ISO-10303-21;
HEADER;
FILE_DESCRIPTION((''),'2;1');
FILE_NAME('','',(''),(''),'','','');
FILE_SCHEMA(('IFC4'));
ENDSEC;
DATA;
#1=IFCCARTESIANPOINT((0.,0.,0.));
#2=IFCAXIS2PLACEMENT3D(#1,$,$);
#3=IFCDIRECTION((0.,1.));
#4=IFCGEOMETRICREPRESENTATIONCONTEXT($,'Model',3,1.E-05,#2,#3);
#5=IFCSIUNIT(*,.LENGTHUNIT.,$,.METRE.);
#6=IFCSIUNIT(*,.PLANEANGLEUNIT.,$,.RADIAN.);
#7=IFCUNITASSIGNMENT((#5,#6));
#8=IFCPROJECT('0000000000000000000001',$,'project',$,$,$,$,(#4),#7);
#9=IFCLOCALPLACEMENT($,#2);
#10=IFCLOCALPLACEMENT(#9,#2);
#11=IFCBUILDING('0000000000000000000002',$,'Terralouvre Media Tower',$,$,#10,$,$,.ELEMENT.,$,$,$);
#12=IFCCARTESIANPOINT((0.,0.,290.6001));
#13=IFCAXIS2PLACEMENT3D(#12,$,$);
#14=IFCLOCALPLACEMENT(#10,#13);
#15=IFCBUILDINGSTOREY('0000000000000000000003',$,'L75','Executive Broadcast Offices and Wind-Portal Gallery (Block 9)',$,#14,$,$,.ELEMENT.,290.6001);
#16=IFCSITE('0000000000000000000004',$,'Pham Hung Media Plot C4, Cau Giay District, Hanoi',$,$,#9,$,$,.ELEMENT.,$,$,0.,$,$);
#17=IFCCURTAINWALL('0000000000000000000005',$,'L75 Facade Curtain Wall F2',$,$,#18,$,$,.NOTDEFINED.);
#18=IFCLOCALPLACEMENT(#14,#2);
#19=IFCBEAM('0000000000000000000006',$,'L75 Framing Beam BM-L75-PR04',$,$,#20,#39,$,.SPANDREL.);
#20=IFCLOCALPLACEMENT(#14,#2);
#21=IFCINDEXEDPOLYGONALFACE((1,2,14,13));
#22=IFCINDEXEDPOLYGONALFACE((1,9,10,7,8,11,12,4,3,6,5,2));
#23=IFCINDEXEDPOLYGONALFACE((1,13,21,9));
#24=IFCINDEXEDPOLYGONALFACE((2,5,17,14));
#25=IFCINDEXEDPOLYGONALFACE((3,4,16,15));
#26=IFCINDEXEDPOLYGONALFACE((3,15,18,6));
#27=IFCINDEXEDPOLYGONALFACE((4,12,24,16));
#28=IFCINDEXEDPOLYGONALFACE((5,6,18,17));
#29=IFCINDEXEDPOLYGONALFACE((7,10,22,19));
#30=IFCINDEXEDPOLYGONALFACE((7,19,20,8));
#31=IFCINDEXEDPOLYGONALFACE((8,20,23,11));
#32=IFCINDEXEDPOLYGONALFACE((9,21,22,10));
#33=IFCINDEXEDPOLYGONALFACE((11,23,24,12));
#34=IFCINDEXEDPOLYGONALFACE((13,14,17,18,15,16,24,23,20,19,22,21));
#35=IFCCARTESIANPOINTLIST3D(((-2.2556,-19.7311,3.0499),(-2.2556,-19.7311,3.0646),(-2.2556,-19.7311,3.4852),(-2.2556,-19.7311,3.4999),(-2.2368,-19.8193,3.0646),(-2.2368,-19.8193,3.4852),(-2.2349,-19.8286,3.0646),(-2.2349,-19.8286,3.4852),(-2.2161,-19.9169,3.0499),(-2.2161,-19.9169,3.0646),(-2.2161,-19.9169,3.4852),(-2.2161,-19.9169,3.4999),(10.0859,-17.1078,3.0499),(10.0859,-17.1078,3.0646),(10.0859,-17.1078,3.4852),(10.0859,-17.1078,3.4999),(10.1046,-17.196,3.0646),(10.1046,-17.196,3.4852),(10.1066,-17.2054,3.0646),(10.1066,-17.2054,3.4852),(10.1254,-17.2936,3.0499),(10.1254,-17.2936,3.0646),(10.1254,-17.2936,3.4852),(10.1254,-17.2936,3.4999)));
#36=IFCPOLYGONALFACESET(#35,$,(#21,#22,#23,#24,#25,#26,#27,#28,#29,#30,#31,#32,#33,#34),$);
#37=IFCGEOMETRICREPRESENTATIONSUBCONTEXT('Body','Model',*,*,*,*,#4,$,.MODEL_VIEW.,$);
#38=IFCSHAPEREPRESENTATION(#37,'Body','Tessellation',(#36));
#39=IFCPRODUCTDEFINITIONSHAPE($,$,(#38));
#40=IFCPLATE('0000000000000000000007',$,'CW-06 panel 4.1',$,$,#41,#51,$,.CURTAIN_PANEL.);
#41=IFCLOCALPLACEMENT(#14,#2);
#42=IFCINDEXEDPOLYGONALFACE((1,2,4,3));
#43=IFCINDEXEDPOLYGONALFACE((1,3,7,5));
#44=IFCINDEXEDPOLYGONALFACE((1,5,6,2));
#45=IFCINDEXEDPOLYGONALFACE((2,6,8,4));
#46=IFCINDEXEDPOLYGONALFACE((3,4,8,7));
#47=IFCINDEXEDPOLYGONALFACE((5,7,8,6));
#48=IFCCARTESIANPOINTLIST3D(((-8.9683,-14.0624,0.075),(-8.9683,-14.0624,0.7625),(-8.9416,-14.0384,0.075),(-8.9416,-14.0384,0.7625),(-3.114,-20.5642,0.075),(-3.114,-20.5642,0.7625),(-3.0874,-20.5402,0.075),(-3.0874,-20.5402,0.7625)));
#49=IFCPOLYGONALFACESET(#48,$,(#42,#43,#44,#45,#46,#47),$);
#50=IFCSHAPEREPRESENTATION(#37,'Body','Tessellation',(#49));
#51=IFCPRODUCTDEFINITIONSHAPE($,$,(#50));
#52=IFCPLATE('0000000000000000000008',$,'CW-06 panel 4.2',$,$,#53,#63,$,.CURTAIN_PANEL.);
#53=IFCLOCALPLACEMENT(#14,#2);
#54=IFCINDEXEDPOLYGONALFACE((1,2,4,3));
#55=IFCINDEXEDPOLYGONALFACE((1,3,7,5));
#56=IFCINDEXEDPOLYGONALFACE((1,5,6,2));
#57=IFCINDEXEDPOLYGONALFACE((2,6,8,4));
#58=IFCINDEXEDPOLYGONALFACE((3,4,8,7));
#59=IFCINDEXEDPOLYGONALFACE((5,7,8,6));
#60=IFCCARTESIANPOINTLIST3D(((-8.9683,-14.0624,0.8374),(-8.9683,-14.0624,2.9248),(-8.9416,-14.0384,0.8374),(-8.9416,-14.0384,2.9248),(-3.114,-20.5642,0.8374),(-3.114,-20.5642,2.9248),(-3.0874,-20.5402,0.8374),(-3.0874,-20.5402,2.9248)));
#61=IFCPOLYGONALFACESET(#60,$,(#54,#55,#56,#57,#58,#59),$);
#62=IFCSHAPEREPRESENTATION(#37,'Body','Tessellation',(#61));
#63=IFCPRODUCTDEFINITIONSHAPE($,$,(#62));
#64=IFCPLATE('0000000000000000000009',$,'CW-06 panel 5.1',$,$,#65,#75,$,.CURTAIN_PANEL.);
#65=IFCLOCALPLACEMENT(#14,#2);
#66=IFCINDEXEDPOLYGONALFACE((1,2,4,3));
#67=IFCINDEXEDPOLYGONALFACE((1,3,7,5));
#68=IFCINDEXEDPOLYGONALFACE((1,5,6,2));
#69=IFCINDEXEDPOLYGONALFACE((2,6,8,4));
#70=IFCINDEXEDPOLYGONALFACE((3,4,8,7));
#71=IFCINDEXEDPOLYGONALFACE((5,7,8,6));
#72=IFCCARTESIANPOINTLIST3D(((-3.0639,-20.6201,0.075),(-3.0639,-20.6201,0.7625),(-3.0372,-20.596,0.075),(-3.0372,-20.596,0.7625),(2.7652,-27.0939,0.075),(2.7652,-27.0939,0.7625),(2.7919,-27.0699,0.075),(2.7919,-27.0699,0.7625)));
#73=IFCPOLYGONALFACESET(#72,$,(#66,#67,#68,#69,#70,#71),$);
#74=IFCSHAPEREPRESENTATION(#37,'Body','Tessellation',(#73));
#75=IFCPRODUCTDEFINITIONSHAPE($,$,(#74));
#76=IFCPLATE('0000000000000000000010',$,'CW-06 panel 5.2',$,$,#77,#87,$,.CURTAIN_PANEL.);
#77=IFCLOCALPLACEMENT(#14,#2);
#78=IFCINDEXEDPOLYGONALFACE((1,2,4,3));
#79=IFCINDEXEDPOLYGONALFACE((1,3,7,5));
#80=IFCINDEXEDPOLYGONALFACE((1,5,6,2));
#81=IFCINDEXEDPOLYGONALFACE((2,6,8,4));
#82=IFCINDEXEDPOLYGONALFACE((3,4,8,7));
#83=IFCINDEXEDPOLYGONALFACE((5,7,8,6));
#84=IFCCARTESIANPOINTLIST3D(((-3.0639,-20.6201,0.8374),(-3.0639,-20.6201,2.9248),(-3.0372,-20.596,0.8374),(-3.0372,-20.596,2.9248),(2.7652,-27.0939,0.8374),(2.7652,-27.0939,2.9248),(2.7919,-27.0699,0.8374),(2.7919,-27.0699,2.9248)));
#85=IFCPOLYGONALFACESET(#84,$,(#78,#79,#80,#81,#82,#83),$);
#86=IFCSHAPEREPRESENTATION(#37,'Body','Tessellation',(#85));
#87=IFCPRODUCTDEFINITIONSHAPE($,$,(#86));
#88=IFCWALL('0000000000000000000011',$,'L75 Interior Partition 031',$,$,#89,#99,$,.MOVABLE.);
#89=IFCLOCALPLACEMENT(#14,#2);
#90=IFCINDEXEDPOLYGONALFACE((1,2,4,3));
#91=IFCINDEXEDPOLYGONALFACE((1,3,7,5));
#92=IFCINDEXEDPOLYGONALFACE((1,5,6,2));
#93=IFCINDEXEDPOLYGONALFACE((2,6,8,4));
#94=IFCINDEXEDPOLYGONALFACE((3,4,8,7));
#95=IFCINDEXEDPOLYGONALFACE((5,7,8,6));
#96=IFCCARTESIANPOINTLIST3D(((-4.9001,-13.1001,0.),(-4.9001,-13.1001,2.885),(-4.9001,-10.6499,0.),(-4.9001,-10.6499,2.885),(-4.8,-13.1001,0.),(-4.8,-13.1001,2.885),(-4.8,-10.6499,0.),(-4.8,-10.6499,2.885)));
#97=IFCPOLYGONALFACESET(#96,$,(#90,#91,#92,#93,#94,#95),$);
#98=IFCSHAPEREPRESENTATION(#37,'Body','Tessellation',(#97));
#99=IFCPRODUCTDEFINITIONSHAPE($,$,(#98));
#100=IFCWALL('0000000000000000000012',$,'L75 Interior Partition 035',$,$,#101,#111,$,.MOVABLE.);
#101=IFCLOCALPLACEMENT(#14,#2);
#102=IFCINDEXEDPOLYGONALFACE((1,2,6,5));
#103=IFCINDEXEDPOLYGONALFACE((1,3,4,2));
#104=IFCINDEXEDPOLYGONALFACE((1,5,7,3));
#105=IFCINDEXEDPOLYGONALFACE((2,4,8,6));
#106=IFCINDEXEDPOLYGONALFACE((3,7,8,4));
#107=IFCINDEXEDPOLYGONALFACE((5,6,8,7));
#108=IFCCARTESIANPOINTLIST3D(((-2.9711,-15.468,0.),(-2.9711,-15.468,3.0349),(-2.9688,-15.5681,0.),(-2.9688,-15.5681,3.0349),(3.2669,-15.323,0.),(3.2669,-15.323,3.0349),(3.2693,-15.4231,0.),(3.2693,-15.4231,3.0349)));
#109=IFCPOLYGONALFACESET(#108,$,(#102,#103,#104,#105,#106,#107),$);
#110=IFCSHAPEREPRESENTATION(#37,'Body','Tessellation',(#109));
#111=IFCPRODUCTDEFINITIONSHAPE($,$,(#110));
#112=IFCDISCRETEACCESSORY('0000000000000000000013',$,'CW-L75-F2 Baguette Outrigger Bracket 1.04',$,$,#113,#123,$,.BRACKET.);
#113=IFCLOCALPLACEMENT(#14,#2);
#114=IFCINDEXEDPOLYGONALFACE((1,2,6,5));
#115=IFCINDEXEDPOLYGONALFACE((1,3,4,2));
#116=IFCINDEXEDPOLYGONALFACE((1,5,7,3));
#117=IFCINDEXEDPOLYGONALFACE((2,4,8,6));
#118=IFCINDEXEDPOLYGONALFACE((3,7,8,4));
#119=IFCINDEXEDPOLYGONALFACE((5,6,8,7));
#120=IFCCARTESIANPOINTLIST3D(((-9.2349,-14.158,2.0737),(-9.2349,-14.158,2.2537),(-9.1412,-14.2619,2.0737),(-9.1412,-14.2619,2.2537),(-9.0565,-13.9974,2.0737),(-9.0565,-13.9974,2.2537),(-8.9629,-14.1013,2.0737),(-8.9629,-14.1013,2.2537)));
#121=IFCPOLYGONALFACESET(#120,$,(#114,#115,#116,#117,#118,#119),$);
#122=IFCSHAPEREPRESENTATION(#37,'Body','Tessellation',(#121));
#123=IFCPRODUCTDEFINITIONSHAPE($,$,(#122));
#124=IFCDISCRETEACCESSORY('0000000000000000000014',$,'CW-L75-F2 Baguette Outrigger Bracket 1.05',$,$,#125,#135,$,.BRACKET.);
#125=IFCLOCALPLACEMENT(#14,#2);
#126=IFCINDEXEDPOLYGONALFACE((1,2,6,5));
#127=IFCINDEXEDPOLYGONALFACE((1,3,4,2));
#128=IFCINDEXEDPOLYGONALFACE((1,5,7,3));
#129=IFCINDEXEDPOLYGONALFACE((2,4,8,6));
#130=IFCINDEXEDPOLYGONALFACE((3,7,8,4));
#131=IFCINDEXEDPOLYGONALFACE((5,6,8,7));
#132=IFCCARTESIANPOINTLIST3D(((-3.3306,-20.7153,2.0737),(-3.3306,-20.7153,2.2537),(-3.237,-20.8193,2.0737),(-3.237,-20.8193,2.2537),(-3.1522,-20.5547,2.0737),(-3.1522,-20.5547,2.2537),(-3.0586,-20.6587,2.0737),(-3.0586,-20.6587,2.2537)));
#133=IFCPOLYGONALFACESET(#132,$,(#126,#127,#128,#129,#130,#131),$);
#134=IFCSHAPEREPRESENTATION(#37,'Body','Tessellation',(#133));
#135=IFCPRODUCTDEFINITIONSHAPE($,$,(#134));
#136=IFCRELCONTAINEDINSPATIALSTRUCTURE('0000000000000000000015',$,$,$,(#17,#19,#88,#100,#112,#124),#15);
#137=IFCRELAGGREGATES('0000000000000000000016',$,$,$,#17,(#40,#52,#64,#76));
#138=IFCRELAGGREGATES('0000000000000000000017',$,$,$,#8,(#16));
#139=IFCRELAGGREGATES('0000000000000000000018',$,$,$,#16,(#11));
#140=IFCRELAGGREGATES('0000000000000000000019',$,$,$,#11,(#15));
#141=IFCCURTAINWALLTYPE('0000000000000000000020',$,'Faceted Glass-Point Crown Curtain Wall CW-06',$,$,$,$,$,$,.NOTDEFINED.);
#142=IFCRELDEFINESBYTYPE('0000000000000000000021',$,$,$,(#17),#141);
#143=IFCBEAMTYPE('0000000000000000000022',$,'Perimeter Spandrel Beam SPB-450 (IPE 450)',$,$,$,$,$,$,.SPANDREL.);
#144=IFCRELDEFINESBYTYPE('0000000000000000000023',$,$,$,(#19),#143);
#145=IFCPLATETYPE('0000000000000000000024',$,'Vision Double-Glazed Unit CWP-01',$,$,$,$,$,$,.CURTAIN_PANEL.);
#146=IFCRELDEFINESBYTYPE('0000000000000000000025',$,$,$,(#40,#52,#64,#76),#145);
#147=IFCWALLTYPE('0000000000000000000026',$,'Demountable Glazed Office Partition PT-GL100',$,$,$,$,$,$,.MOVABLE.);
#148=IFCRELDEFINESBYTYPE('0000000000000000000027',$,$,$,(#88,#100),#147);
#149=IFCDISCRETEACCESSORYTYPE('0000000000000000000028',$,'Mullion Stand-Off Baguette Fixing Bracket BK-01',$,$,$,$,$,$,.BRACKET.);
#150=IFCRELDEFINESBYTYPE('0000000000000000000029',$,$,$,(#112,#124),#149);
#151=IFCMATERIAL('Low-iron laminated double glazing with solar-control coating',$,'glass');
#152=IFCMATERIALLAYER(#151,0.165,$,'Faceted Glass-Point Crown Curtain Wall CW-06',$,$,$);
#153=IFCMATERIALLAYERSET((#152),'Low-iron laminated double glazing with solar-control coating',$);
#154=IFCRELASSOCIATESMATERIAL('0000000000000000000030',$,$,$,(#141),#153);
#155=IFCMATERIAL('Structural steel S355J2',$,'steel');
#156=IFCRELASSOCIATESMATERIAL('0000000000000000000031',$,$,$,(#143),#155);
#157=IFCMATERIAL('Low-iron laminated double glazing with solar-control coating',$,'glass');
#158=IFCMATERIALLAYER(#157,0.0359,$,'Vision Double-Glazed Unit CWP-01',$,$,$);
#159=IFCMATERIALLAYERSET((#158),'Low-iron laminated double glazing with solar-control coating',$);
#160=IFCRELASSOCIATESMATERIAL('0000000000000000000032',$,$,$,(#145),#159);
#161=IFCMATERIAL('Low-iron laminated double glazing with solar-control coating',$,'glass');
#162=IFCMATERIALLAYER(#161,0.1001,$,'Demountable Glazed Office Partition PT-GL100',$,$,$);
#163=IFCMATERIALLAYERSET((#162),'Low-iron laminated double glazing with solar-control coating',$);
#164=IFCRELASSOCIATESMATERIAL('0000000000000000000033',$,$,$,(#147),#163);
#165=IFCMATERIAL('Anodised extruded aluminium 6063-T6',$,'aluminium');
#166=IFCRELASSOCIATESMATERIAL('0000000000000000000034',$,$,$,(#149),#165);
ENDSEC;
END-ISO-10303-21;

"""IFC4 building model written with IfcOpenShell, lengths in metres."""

from ifc_helpers import new_model, si_unit, direction, frame, frame_2d, origin, origin_2d, place, context, subcontext, project, spatial, rectangle, i_section, extrude, material, layer, layer_set, material_profile, profile_set, type_object, element, aggregate, save


model = new_model("IFC4")

# Units and contexts
model_context = context("Model", 3, precision=1e-05, world=origin(), true_north=direction((0.0, 1.0)))
body_context = subcontext(model_context, "Body", "Model", "MODEL_VIEW")
ifc_project = project(units=[si_unit("LENGTHUNIT", "METRE"), si_unit("PLANEANGLEUNIT", "RADIAN")], contexts=[model_context])

# Site, building, storey
site_placement = place(None, origin())
site = spatial("IfcSite", under=ifc_project, at=site_placement, Name="Pham Hung Media Plot C4, Cau Giay District, Hanoi", CompositionType="ELEMENT", RefElevation=0.0)
building_placement = place(site_placement, origin())
building = spatial("IfcBuilding", under=site, at=building_placement, Name="Terralouvre Media Tower", CompositionType="ELEMENT")
storey_placement = place(building_placement, frame((0.0, 0.0, 290.6001)))
storey = spatial("IfcBuildingStorey", under=building, at=storey_placement, Name="L75", Description="Executive Broadcast Offices and Wind-Portal Gallery (Block 9)", CompositionType="ELEMENT", Elevation=290.6001)

# Curtain wall
ifc_material_1 = material(Name="Low-iron laminated double glazing with solar-control coating", Category="glass")
ifc_layer_1 = layer(ifc_material_1, 0.165, Name="Faceted Glass-Point Crown Curtain Wall CW-06")
ifc_layer_set_1 = layer_set([ifc_layer_1], Name="Low-iron laminated double glazing with solar-control coating")
curtain_wall_type = type_object("IfcCurtainWallType", Name="Faceted Glass-Point Crown Curtain Wall CW-06", PredefinedType="NOTDEFINED", material=ifc_layer_set_1)
curtain_wall_placement = place(storey_placement, origin())
curtain_wall = element("IfcCurtainWall", 1, at=curtain_wall_placement, inside=storey, type_object=curtain_wall_type, Name="L75 Facade Curtain Wall F2", PredefinedType="NOTDEFINED")

# Beam
ifc_material_2 = material(Name="Structural steel S355J2", Category="steel")
ifc_material_profile_1 = material_profile(ifc_material_2, i_section(OverallWidth=0.1899, OverallDepth=0.45, WebThickness=0.0095, FlangeThickness=0.0146, at=origin_2d()), Name="IPE 450")
ifc_profile_set_1 = profile_set([ifc_material_profile_1], Name="Structural steel S355J2")
beam_type_1 = type_object("IfcBeamType", Name="Perimeter Spandrel Beam SPB-450 (IPE 450)", PredefinedType="SPANDREL", material=ifc_profile_set_1)
beam_1_placement = place(storey_placement, frame((-2.2358, -19.824, 3.2749), z_axis=(0.978147, 0.207913, 0.0), x_axis=(-0.207913, 0.978147, 0.0)))
element("IfcBeam", 2, at=beam_1_placement, inside=storey, type_object=beam_type_1, Name="L75 Framing Beam BM-L75-PR04", PredefinedType="SPANDREL", context=body_context, shape_type="SweptSolid", body=[
    extrude(i_section(OverallWidth=0.1899, OverallDepth=0.45, WebThickness=0.0095, FlangeThickness=0.0146, at=origin_2d()), origin(), (0.0, 0.0, 1.0), 12.6172),
])

# Plates
ifc_material_3 = material(Name="Low-iron laminated double glazing with solar-control coating", Category="glass")
ifc_layer_2 = layer(ifc_material_3, 0.0359, Name="Vision Double-Glazed Unit CWP-01")
ifc_layer_set_2 = layer_set([ifc_layer_2], Name="Low-iron laminated double glazing with solar-control coating")
plate_type = type_object("IfcPlateType", Name="Vision Double-Glazed Unit CWP-01", PredefinedType="CURTAIN_PANEL", material=ifc_layer_set_2)
plate_1_placement = place(storey_placement, frame((-6.0278, -17.3013, 0.075), z_axis=(0.0, 0.0, 1.0), x_axis=(0.669131, -0.743145, 0.0)))
plate_1 = element("IfcPlate", 3, at=plate_1_placement, type_object=plate_type, Name="CW-06 panel 4.1", PredefinedType="CURTAIN_PANEL", context=body_context, shape_type="SweptSolid", body=[
    extrude(rectangle(XDim=8.749, YDim=0.0359, at=origin_2d()), origin(), (0.0, 0.0, 1.0), 0.6875),
])
plate_2_placement = place(storey_placement, frame((-6.0278, -17.3013, 0.8374), z_axis=(0.0, 0.0, 1.0), x_axis=(0.669131, -0.743145, 0.0)))
plate_2 = element("IfcPlate", 4, at=plate_2_placement, type_object=plate_type, Name="CW-06 panel 4.2", PredefinedType="CURTAIN_PANEL", context=body_context, shape_type="SweptSolid", body=[
    extrude(rectangle(XDim=8.749, YDim=0.0359, at=origin_2d()), origin(), (0.0, 0.0, 1.0), 2.0874),
])
plate_3_placement = place(storey_placement, frame((-0.136, -23.845, 0.075), z_axis=(0.0, 0.0, 1.0), x_axis=(0.669131, -0.743145, 0.0)))
plate_3 = element("IfcPlate", 5, at=plate_3_placement, type_object=plate_type, Name="CW-06 panel 5.1", PredefinedType="CURTAIN_PANEL", context=body_context, shape_type="SweptSolid", body=[
    extrude(rectangle(XDim=8.7114, YDim=0.0359, at=origin_2d()), origin(), (0.0, 0.0, 1.0), 0.6875),
])
plate_4_placement = place(storey_placement, frame((-0.136, -23.845, 0.8374), z_axis=(0.0, 0.0, 1.0), x_axis=(0.669131, -0.743145, 0.0)))
plate_4 = element("IfcPlate", 6, at=plate_4_placement, type_object=plate_type, Name="CW-06 panel 5.2", PredefinedType="CURTAIN_PANEL", context=body_context, shape_type="SweptSolid", body=[
    extrude(rectangle(XDim=8.7114, YDim=0.0359, at=origin_2d()), origin(), (0.0, 0.0, 1.0), 2.0874),
])
aggregate(curtain_wall, [plate_1, plate_2, plate_3, plate_4])

# Walls
ifc_material_4 = material(Name="Low-iron laminated double glazing with solar-control coating", Category="glass")
ifc_layer_3 = layer(ifc_material_4, 0.1001, Name="Demountable Glazed Office Partition PT-GL100")
ifc_layer_set_3 = layer_set([ifc_layer_3], Name="Low-iron laminated double glazing with solar-control coating")
wall_type = type_object("IfcWallType", Name="Demountable Glazed Office Partition PT-GL100", PredefinedType="MOVABLE", material=ifc_layer_set_3)
wall_1_placement = place(storey_placement, frame((-4.8501, -13.1001, 0.0), z_axis=(0.0, 0.0, 1.0), x_axis=(0.0, 1.0, 0.0)))
element("IfcWall", 7, at=wall_1_placement, inside=storey, type_object=wall_type, Name="L75 Interior Partition 031", PredefinedType="MOVABLE", context=body_context, shape_type="SweptSolid", body=[
    extrude(rectangle(XDim=2.4502, YDim=0.1001, at=frame_2d((1.2251, 0.0))), origin(), (0.0, 0.0, 1.0), 2.885),
])
wall_2_placement = place(storey_placement, frame((-2.97, -15.5181, 0.0), z_axis=(0.0, 0.0, 1.0), x_axis=(0.99973, 0.023241, 0.0)))
element("IfcWall", 8, at=wall_2_placement, inside=storey, type_object=wall_type, Name="L75 Interior Partition 035", PredefinedType="MOVABLE", context=body_context, shape_type="SweptSolid", body=[
    extrude(rectangle(XDim=6.2397, YDim=0.1001, at=frame_2d((3.1199, 0.0))), origin(), (0.0, 0.0, 1.0), 3.0349),
])

# Discrete accessories
ifc_material_5 = material(Name="Anodised extruded aluminium 6063-T6", Category="aluminium")
discrete_accessory_type = type_object("IfcDiscreteAccessoryType", Name="Mullion Stand-Off Baguette Fixing Bracket BK-01", PredefinedType="BRACKET", material=ifc_material_5)
for number, where, z_axis, x_axis, name in (
    (9, (-9.0989, -14.1296, 2.0737), (0.0, 0.0, 1.0), (0.669131, -0.743145, 0.0), "CW-L75-F2 Baguette Outrigger Bracket 1.04"),
    (10, (-3.1946, -20.687, 2.0737), (0.0, 0.0, 1.0), (0.669131, -0.743145, 0.0), "CW-L75-F2 Baguette Outrigger Bracket 1.05"),
):
    element("IfcDiscreteAccessory", number, at=place(storey_placement, frame(where, z_axis=z_axis, x_axis=x_axis)), inside=storey, type_object=discrete_accessory_type, Name=name, PredefinedType="BRACKET", context=body_context, shape_type="SweptSolid", body=[
        extrude(rectangle(XDim=0.1399, YDim=0.24, at=origin_2d()), origin(), (0.0, 0.0, 1.0), 0.1799),
    ])

save(model, "model.ifc")
